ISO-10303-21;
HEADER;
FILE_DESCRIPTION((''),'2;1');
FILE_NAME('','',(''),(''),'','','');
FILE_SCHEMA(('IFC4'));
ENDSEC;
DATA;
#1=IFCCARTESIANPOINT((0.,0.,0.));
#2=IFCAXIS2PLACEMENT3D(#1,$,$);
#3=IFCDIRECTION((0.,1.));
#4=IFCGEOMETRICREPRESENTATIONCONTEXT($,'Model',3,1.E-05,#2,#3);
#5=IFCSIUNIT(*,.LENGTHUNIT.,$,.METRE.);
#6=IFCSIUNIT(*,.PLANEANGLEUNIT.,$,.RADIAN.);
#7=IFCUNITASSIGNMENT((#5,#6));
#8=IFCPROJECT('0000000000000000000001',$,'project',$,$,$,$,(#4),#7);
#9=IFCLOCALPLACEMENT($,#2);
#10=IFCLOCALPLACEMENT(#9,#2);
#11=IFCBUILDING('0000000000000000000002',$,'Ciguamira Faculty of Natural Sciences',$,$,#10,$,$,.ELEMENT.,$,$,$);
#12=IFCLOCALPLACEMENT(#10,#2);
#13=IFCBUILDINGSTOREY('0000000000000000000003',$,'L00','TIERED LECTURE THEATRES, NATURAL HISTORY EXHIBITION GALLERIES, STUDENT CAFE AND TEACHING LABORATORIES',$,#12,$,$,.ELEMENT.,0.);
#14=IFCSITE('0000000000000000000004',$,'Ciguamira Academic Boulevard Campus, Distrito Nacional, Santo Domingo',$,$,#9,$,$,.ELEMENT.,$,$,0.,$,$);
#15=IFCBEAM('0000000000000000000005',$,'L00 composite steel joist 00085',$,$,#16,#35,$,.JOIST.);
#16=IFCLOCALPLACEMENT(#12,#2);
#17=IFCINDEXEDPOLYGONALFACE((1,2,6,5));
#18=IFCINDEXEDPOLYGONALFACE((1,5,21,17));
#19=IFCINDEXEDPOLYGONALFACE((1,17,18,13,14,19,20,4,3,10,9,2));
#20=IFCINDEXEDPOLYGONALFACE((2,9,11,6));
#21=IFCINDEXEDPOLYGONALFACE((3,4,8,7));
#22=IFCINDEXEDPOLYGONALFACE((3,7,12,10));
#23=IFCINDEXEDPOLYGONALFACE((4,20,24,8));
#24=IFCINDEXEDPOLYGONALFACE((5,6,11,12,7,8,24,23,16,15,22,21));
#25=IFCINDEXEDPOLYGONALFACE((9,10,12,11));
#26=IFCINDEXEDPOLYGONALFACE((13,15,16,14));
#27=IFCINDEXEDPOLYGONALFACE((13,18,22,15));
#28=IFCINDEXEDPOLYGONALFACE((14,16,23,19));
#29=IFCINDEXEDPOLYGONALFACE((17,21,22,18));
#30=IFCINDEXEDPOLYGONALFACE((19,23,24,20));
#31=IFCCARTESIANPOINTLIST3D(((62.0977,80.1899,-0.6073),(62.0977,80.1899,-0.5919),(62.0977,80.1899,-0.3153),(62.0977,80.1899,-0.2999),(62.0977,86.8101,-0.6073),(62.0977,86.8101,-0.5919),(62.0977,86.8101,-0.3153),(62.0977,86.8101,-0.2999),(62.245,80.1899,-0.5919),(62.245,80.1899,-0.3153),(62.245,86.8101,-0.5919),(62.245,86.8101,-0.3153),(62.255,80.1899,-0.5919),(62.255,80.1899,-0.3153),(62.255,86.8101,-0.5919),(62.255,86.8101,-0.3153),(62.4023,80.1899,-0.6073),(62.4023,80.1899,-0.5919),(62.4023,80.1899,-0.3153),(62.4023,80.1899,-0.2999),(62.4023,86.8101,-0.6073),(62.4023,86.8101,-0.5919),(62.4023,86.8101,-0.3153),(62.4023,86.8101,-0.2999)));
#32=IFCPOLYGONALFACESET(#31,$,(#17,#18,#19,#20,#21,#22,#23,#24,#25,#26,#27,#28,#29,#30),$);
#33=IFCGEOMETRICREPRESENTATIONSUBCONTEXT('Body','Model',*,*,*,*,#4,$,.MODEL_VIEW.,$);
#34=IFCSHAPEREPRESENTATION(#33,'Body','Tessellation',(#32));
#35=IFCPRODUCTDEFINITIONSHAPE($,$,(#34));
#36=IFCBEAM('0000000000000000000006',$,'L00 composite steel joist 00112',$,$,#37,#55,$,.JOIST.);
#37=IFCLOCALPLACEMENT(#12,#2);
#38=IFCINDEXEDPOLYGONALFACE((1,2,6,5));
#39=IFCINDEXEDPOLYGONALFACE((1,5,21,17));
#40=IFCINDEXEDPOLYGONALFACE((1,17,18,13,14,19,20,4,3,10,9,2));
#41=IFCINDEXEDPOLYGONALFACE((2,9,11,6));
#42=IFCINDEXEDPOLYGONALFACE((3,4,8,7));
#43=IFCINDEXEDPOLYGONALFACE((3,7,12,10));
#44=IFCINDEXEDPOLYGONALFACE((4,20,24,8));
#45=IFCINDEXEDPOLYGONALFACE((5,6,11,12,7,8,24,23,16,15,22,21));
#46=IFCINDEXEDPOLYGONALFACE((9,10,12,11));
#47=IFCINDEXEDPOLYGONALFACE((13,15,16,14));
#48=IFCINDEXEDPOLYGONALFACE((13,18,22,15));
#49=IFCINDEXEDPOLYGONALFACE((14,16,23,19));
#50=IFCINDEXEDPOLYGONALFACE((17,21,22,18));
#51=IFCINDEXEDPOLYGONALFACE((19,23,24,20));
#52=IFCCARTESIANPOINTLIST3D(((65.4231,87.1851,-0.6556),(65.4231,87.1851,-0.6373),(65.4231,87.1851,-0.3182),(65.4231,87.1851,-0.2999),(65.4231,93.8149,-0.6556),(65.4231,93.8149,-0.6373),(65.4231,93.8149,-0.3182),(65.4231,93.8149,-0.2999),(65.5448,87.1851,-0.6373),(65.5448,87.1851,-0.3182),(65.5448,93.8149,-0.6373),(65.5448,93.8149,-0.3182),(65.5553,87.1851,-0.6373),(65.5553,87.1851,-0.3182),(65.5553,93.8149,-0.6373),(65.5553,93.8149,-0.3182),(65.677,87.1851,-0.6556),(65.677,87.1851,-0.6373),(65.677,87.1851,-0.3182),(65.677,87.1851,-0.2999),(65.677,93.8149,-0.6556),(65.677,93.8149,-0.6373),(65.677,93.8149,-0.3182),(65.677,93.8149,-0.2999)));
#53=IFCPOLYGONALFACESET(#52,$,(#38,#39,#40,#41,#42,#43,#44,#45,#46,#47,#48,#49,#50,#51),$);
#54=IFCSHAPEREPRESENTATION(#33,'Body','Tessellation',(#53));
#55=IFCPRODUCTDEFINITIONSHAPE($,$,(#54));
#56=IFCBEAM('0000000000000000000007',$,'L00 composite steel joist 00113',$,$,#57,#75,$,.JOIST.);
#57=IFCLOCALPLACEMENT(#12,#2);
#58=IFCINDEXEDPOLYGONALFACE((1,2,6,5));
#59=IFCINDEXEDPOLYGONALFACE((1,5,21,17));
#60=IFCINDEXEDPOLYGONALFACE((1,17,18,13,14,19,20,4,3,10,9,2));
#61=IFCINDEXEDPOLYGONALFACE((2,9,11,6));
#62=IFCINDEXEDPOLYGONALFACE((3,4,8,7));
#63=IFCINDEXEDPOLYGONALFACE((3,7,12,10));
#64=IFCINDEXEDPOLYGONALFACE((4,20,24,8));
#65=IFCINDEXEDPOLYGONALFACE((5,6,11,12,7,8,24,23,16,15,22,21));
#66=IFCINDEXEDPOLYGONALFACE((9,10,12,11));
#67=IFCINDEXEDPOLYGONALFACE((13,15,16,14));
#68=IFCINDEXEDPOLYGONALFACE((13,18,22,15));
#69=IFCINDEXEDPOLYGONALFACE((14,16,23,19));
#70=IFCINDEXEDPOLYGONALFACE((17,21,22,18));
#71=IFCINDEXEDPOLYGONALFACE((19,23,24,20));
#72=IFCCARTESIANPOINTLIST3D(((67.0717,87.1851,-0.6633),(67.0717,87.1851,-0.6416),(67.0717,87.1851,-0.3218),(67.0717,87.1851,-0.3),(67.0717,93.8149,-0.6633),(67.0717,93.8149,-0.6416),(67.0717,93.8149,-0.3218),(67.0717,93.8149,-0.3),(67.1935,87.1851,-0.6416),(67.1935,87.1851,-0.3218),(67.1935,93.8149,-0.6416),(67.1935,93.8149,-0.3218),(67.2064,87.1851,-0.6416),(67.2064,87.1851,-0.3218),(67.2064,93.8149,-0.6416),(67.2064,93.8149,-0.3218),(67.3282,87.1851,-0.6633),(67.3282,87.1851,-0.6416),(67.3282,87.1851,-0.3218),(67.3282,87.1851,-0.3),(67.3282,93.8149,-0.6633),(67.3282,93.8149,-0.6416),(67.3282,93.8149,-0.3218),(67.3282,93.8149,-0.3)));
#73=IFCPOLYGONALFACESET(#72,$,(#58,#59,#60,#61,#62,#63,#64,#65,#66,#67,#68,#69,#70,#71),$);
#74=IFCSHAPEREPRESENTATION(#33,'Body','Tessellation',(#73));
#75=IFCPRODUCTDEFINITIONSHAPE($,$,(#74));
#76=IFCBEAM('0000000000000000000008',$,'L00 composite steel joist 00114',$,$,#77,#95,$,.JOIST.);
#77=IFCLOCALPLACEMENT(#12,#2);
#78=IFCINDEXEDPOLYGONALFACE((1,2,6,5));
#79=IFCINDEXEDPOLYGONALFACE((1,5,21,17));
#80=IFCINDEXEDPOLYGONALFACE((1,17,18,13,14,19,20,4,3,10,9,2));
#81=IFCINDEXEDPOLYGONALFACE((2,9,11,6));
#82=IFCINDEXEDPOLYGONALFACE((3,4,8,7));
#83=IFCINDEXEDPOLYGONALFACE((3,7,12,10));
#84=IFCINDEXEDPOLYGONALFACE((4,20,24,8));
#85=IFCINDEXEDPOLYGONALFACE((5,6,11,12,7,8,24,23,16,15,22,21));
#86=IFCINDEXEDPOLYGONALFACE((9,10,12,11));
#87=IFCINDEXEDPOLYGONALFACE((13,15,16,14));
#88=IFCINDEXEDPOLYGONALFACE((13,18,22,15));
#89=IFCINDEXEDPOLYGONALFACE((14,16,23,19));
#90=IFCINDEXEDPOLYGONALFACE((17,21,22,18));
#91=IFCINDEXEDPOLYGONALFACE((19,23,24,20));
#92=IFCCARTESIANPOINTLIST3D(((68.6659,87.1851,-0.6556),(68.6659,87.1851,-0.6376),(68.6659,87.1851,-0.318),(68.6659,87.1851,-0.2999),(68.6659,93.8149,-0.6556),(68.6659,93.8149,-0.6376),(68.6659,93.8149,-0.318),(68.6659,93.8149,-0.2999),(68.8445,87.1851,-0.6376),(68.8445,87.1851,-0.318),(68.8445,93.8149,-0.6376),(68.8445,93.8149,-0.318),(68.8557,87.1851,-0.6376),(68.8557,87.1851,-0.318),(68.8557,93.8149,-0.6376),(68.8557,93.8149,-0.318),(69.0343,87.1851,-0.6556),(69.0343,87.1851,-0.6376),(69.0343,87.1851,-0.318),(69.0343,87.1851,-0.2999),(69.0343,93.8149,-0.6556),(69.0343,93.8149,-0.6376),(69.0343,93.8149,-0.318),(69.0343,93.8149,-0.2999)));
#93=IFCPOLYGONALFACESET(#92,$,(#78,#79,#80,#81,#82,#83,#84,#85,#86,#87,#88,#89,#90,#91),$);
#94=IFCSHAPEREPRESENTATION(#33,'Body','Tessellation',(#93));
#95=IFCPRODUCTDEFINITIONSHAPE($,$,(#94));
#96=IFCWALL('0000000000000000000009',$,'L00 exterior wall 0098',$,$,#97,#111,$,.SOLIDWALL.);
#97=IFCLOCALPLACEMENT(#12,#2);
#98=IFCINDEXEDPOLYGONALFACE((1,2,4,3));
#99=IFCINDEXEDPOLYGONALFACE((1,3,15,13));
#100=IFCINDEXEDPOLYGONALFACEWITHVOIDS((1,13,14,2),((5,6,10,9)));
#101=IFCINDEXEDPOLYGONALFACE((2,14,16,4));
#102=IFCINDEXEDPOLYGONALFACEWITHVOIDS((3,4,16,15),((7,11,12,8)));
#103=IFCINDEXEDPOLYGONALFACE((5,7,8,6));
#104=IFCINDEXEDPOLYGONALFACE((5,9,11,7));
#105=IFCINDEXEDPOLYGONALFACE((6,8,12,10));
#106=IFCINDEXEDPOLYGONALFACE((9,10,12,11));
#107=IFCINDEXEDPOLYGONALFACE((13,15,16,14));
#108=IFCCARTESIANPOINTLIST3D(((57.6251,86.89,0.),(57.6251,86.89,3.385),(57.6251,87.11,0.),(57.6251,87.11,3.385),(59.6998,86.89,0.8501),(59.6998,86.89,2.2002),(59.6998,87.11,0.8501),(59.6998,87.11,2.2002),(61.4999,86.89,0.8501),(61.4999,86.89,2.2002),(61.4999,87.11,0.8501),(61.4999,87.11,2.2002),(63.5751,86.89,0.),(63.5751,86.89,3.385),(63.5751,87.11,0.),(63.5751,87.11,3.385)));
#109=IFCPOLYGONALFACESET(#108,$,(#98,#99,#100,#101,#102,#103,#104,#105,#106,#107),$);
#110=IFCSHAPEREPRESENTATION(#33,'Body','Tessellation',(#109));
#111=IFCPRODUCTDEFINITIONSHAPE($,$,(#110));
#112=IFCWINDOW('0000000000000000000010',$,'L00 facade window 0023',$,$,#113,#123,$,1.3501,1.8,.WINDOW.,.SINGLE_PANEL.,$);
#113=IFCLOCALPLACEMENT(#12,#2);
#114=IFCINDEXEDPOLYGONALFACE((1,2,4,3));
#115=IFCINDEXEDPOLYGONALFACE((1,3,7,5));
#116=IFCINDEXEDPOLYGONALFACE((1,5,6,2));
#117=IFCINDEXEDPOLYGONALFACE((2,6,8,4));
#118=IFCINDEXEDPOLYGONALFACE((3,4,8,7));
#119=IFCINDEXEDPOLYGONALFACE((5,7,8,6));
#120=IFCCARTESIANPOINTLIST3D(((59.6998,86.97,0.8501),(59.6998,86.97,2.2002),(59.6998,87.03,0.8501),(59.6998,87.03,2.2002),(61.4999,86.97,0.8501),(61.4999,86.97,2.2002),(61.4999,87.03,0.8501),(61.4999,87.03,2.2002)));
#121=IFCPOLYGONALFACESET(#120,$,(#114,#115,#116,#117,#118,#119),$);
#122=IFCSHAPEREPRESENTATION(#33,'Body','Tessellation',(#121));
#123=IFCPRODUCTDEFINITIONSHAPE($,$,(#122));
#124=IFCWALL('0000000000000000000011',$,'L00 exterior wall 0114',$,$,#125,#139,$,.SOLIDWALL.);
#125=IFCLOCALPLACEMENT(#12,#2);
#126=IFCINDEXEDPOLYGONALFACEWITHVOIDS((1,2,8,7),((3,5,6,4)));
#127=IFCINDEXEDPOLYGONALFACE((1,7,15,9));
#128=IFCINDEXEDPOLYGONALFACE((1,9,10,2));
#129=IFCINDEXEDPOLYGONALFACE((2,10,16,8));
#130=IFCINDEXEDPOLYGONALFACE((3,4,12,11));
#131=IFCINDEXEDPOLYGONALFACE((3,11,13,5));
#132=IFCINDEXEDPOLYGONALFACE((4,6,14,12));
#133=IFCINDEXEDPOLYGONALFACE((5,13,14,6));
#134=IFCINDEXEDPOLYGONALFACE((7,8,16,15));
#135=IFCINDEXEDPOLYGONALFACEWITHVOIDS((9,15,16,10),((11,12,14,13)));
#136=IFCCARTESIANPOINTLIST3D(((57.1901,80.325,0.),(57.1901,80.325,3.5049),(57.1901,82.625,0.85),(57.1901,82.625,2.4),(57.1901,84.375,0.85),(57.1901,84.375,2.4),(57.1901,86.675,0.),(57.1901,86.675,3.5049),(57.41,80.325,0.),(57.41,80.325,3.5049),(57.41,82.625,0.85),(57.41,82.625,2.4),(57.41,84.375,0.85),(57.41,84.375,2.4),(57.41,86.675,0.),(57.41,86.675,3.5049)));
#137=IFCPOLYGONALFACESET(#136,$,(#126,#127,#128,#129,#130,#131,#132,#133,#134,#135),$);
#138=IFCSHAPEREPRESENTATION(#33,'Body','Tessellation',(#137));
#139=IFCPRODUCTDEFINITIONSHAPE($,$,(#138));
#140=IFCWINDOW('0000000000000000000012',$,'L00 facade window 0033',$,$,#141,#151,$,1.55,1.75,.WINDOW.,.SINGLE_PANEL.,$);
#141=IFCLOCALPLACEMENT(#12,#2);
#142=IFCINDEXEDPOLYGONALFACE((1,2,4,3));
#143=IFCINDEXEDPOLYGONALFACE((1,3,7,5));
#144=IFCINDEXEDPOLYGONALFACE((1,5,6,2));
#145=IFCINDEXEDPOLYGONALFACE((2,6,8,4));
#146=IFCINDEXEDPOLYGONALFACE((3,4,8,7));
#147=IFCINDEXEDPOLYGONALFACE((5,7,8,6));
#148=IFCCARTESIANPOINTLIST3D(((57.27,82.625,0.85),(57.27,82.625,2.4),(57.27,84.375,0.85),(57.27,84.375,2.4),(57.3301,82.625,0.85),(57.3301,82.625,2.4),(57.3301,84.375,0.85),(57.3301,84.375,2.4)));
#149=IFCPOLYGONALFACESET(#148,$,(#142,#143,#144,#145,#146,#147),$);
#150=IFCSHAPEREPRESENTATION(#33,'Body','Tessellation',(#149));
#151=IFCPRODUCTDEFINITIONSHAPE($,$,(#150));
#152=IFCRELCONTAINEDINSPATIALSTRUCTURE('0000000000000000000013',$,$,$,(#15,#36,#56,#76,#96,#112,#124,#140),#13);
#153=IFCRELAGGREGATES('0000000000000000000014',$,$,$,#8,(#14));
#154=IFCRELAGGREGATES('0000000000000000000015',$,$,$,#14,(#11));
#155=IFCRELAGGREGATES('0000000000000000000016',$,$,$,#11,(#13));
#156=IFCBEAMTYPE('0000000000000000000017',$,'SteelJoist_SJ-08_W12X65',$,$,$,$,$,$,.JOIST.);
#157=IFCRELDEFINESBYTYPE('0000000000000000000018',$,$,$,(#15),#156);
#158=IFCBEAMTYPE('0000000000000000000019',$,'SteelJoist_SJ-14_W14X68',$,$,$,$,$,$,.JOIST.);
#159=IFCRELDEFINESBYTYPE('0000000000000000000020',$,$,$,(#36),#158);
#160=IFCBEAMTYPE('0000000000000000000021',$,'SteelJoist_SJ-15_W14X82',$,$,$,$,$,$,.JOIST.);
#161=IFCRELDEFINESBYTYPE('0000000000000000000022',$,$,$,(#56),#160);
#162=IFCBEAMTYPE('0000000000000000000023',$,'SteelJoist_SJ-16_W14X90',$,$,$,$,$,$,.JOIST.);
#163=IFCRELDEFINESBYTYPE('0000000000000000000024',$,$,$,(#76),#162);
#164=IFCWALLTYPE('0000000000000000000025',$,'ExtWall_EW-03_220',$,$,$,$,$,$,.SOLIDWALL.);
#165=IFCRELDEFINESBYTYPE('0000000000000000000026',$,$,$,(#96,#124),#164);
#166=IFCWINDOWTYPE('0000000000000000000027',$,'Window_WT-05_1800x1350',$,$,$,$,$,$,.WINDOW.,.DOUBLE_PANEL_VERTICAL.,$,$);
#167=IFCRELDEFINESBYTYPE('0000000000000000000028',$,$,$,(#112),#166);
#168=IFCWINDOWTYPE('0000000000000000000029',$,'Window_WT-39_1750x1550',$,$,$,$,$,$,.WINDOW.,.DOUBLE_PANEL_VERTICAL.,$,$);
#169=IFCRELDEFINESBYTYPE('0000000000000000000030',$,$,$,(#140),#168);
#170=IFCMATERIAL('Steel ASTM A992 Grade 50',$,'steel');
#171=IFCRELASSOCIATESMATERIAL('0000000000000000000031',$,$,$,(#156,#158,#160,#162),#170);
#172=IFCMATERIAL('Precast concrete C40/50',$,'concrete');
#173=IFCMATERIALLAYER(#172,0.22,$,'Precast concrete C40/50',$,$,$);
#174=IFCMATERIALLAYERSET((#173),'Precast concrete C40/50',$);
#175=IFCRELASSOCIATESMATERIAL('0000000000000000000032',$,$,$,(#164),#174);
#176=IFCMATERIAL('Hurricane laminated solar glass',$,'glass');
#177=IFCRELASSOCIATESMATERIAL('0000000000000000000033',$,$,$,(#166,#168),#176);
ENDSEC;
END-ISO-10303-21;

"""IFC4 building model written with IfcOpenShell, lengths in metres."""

from ifc_helpers import new_model, si_unit, direction, frame, frame_2d, origin, origin_2d, place, context, subcontext, project, spatial, rectangle, i_section, extrude, material, layer, layer_set, material_profile, profile_set, type_object, element, fill, save


model = new_model("IFC4")

# Units and contexts
model_context = context("Model", 3, precision=1e-05, world=origin(), true_north=direction((0.0, 1.0)))
body_context = subcontext(model_context, "Body", "Model", "MODEL_VIEW")
ifc_project = project(units=[si_unit("LENGTHUNIT", "METRE"), si_unit("PLANEANGLEUNIT", "RADIAN")], contexts=[model_context])

# Site, building, storey
site_placement = place(None, origin())
site = spatial("IfcSite", under=ifc_project, at=site_placement, Name="Ciguamira Academic Boulevard Campus, Distrito Nacional, Santo Domingo", CompositionType="ELEMENT", RefElevation=0.0)
building_placement = place(site_placement, origin())
building = spatial("IfcBuilding", under=site, at=building_placement, Name="Ciguamira Faculty of Natural Sciences", CompositionType="ELEMENT")
storey_placement = place(building_placement, origin())
storey = spatial("IfcBuildingStorey", under=building, at=storey_placement, Name="L00", Description="TIERED LECTURE THEATRES, NATURAL HISTORY EXHIBITION GALLERIES, STUDENT CAFE AND TEACHING LABORATORIES", CompositionType="ELEMENT", Elevation=0.0)

# Beams
ifc_material_1 = material(Name="Precast concrete C40/50", Category="concrete")
ifc_material_2 = material(Name="Steel ASTM A992 Grade 50", Category="steel")
ifc_material_profile_1 = material_profile(ifc_material_2, i_section(OverallWidth=0.3047, OverallDepth=0.3074, WebThickness=0.01, FlangeThickness=0.0154, at=origin_2d()), Name="W12X65")
ifc_profile_set_1 = profile_set([ifc_material_profile_1], Name="Steel ASTM A992 Grade 50")
beam_type_1 = type_object("IfcBeamType", Name="SteelJoist_SJ-08_W12X65", PredefinedType="JOIST", material=ifc_profile_set_1)
beam_1_placement = place(storey_placement, frame((62.25, 80.1899, -0.4536), z_axis=(0.0, 1.0, 0.0), x_axis=(-1.0, 0.0, 0.0)))
element("IfcBeam", 1, at=beam_1_placement, inside=storey, type_object=beam_type_1, Name="L00 composite steel joist 00085", PredefinedType="JOIST", context=body_context, shape_type="SweptSolid", body=[
    extrude(i_section(OverallWidth=0.3047, OverallDepth=0.3074, WebThickness=0.01, FlangeThickness=0.0154, at=origin_2d()), origin(), (0.0, 0.0, 1.0), 6.6201),
])
ifc_material_profile_2 = material_profile(ifc_material_2, i_section(OverallWidth=0.2539, OverallDepth=0.3557, WebThickness=0.0105, FlangeThickness=0.0183, at=origin_2d()), Name="W14X68")
ifc_profile_set_2 = profile_set([ifc_material_profile_2], Name="Steel ASTM A992 Grade 50")
beam_type_2 = type_object("IfcBeamType", Name="SteelJoist_SJ-14_W14X68", PredefinedType="JOIST", material=ifc_profile_set_2)
beam_2_placement = place(storey_placement, frame((65.55, 87.1851, -0.4778), z_axis=(0.0, 1.0, 0.0), x_axis=(-1.0, 0.0, 0.0)))
element("IfcBeam", 2, at=beam_2_placement, inside=storey, type_object=beam_type_2, Name="L00 composite steel joist 00112", PredefinedType="JOIST", context=body_context, shape_type="SweptSolid", body=[
    extrude(i_section(OverallWidth=0.2539, OverallDepth=0.3557, WebThickness=0.0105, FlangeThickness=0.0183, at=origin_2d()), origin(), (0.0, 0.0, 1.0), 6.6299),
])
ifc_material_profile_3 = material_profile(ifc_material_2, i_section(OverallWidth=0.2566, OverallDepth=0.3633, WebThickness=0.0129, FlangeThickness=0.0217, at=origin_2d()), Name="W14X82")
ifc_profile_set_3 = profile_set([ifc_material_profile_3], Name="Steel ASTM A992 Grade 50")
beam_type_3 = type_object("IfcBeamType", Name="SteelJoist_SJ-15_W14X82", PredefinedType="JOIST", material=ifc_profile_set_3)
beam_3_placement = place(storey_placement, frame((67.2, 87.1851, -0.4817), z_axis=(0.0, 1.0, 0.0), x_axis=(-1.0, 0.0, 0.0)))
element("IfcBeam", 3, at=beam_3_placement, inside=storey, type_object=beam_type_3, Name="L00 composite steel joist 00113", PredefinedType="JOIST", context=body_context, shape_type="SweptSolid", body=[
    extrude(i_section(OverallWidth=0.2566, OverallDepth=0.3633, WebThickness=0.0129, FlangeThickness=0.0217, at=origin_2d()), origin(), (0.0, 0.0, 1.0), 6.6299),
])
ifc_material_profile_4 = material_profile(ifc_material_2, i_section(OverallWidth=0.3684, OverallDepth=0.3557, WebThickness=0.0112, FlangeThickness=0.0181, at=origin_2d()), Name="W14X90")
ifc_profile_set_4 = profile_set([ifc_material_profile_4], Name="Steel ASTM A992 Grade 50")
beam_type_4 = type_object("IfcBeamType", Name="SteelJoist_SJ-16_W14X90", PredefinedType="JOIST", material=ifc_profile_set_4)
beam_4_placement = place(storey_placement, frame((68.8501, 87.1851, -0.4778), z_axis=(0.0, 1.0, 0.0), x_axis=(-1.0, 0.0, 0.0)))
element("IfcBeam", 4, at=beam_4_placement, inside=storey, type_object=beam_type_4, Name="L00 composite steel joist 00114", PredefinedType="JOIST", context=body_context, shape_type="SweptSolid", body=[
    extrude(i_section(OverallWidth=0.3684, OverallDepth=0.3557, WebThickness=0.0112, FlangeThickness=0.0181, at=origin_2d()), origin(), (0.0, 0.0, 1.0), 6.6299),
])

# Walls, openings, windows
ifc_layer_1 = layer(ifc_material_1, 0.22, Name="Precast concrete C40/50")
ifc_layer_set_1 = layer_set([ifc_layer_1], Name="Precast concrete C40/50")
wall_type_1 = type_object("IfcWallType", Name="ExtWall_EW-03_220", PredefinedType="SOLIDWALL", material=ifc_layer_set_1)
wall_1_placement = place(storey_placement, frame((57.625, 87.0, 0.0), z_axis=(0.0, 0.0, 1.0), x_axis=(1.0, 0.0, 0.0)))
wall_1 = element("IfcWall", 5, at=wall_1_placement, inside=storey, type_object=wall_type_1, Name="L00 exterior wall 0098", PredefinedType="SOLIDWALL", context=body_context, shape_type="SweptSolid", body=[
    extrude(rectangle(XDim=5.95, YDim=0.22, at=frame_2d((2.9751, 0.0))), origin(), (0.0, 0.0, 1.0), 3.385),
])
opening_1_placement = place(wall_1_placement, frame((2.075, 0.0, 0.8501)))
opening_1 = element("IfcOpeningElement", 6, at=opening_1_placement, cuts=wall_1, PredefinedType="OPENING", context=body_context, shape_type="SweptSolid", body=[
    extrude(rectangle(XDim=1.8, YDim=1.3501, at=frame_2d((0.8999, 0.675))), frame((0.0, 0.1199, 0.0), z_axis=(0.0, -1.0, 0.0), x_axis=(1.0, 0.0, 0.0)), (0.0, 0.0, 1.0), 0.24),
])
ifc_material_3 = material(Name="Hurricane laminated solar glass", Category="glass")
window_type_1 = type_object("IfcWindowType", Name="Window_WT-05_1800x1350", PartitioningType="DOUBLE_PANEL_VERTICAL", PredefinedType="WINDOW", material=ifc_material_3)
window_1_placement = place(opening_1_placement, origin())
window_1 = element("IfcWindow", 7, at=window_1_placement, inside=storey, type_object=window_type_1, Name="L00 facade window 0023", OverallHeight=1.3501, OverallWidth=1.8, PartitioningType="SINGLE_PANEL", PredefinedType="WINDOW", context=body_context, shape_type="SweptSolid", body=[
    extrude(rectangle(XDim=1.8, YDim=1.3501, at=frame_2d((0.8999, 0.675))), frame((0.0, 0.03, 0.0), z_axis=(0.0, -1.0, 0.0), x_axis=(1.0, 0.0, 0.0)), (0.0, 0.0, 1.0), 0.0601),
])
fill(opening_1, window_1)
wall_2_placement = place(storey_placement, frame((57.3, 80.325, 0.0), z_axis=(0.0, 0.0, 1.0), x_axis=(0.0, 1.0, 0.0)))
wall_2 = element("IfcWall", 8, at=wall_2_placement, inside=storey, type_object=wall_type_1, Name="L00 exterior wall 0114", PredefinedType="SOLIDWALL", context=body_context, shape_type="SweptSolid", body=[
    extrude(rectangle(XDim=6.3501, YDim=0.22, at=frame_2d((3.175, 0.0))), origin(), (0.0, 0.0, 1.0), 3.5049),
])
opening_2_placement = place(wall_2_placement, frame((2.3, 0.0, 0.8501)))
opening_2 = element("IfcOpeningElement", 9, at=opening_2_placement, cuts=wall_2, PredefinedType="OPENING", context=body_context, shape_type="SweptSolid", body=[
    extrude(rectangle(XDim=1.75, YDim=1.55, at=frame_2d((0.875, 0.7749))), frame((0.0, 0.1199, 0.0), z_axis=(0.0, -1.0, 0.0), x_axis=(1.0, 0.0, 0.0)), (0.0, 0.0, 1.0), 0.24),
])
window_type_2 = type_object("IfcWindowType", Name="Window_WT-39_1750x1550", PartitioningType="DOUBLE_PANEL_VERTICAL", PredefinedType="WINDOW", material=ifc_material_3)
window_2_placement = place(opening_2_placement, origin())
window_2 = element("IfcWindow", 10, at=window_2_placement, inside=storey, type_object=window_type_2, Name="L00 facade window 0033", OverallHeight=1.55, OverallWidth=1.75, PartitioningType="SINGLE_PANEL", PredefinedType="WINDOW", context=body_context, shape_type="SweptSolid", body=[
    extrude(rectangle(XDim=1.75, YDim=1.55, at=frame_2d((0.875, 0.7749))), frame((0.0, 0.03, 0.0), z_axis=(0.0, -1.0, 0.0), x_axis=(1.0, 0.0, 0.0)), (0.0, 0.0, 1.0), 0.0601),
])
fill(opening_2, window_2)

save(model, "model.ifc")
